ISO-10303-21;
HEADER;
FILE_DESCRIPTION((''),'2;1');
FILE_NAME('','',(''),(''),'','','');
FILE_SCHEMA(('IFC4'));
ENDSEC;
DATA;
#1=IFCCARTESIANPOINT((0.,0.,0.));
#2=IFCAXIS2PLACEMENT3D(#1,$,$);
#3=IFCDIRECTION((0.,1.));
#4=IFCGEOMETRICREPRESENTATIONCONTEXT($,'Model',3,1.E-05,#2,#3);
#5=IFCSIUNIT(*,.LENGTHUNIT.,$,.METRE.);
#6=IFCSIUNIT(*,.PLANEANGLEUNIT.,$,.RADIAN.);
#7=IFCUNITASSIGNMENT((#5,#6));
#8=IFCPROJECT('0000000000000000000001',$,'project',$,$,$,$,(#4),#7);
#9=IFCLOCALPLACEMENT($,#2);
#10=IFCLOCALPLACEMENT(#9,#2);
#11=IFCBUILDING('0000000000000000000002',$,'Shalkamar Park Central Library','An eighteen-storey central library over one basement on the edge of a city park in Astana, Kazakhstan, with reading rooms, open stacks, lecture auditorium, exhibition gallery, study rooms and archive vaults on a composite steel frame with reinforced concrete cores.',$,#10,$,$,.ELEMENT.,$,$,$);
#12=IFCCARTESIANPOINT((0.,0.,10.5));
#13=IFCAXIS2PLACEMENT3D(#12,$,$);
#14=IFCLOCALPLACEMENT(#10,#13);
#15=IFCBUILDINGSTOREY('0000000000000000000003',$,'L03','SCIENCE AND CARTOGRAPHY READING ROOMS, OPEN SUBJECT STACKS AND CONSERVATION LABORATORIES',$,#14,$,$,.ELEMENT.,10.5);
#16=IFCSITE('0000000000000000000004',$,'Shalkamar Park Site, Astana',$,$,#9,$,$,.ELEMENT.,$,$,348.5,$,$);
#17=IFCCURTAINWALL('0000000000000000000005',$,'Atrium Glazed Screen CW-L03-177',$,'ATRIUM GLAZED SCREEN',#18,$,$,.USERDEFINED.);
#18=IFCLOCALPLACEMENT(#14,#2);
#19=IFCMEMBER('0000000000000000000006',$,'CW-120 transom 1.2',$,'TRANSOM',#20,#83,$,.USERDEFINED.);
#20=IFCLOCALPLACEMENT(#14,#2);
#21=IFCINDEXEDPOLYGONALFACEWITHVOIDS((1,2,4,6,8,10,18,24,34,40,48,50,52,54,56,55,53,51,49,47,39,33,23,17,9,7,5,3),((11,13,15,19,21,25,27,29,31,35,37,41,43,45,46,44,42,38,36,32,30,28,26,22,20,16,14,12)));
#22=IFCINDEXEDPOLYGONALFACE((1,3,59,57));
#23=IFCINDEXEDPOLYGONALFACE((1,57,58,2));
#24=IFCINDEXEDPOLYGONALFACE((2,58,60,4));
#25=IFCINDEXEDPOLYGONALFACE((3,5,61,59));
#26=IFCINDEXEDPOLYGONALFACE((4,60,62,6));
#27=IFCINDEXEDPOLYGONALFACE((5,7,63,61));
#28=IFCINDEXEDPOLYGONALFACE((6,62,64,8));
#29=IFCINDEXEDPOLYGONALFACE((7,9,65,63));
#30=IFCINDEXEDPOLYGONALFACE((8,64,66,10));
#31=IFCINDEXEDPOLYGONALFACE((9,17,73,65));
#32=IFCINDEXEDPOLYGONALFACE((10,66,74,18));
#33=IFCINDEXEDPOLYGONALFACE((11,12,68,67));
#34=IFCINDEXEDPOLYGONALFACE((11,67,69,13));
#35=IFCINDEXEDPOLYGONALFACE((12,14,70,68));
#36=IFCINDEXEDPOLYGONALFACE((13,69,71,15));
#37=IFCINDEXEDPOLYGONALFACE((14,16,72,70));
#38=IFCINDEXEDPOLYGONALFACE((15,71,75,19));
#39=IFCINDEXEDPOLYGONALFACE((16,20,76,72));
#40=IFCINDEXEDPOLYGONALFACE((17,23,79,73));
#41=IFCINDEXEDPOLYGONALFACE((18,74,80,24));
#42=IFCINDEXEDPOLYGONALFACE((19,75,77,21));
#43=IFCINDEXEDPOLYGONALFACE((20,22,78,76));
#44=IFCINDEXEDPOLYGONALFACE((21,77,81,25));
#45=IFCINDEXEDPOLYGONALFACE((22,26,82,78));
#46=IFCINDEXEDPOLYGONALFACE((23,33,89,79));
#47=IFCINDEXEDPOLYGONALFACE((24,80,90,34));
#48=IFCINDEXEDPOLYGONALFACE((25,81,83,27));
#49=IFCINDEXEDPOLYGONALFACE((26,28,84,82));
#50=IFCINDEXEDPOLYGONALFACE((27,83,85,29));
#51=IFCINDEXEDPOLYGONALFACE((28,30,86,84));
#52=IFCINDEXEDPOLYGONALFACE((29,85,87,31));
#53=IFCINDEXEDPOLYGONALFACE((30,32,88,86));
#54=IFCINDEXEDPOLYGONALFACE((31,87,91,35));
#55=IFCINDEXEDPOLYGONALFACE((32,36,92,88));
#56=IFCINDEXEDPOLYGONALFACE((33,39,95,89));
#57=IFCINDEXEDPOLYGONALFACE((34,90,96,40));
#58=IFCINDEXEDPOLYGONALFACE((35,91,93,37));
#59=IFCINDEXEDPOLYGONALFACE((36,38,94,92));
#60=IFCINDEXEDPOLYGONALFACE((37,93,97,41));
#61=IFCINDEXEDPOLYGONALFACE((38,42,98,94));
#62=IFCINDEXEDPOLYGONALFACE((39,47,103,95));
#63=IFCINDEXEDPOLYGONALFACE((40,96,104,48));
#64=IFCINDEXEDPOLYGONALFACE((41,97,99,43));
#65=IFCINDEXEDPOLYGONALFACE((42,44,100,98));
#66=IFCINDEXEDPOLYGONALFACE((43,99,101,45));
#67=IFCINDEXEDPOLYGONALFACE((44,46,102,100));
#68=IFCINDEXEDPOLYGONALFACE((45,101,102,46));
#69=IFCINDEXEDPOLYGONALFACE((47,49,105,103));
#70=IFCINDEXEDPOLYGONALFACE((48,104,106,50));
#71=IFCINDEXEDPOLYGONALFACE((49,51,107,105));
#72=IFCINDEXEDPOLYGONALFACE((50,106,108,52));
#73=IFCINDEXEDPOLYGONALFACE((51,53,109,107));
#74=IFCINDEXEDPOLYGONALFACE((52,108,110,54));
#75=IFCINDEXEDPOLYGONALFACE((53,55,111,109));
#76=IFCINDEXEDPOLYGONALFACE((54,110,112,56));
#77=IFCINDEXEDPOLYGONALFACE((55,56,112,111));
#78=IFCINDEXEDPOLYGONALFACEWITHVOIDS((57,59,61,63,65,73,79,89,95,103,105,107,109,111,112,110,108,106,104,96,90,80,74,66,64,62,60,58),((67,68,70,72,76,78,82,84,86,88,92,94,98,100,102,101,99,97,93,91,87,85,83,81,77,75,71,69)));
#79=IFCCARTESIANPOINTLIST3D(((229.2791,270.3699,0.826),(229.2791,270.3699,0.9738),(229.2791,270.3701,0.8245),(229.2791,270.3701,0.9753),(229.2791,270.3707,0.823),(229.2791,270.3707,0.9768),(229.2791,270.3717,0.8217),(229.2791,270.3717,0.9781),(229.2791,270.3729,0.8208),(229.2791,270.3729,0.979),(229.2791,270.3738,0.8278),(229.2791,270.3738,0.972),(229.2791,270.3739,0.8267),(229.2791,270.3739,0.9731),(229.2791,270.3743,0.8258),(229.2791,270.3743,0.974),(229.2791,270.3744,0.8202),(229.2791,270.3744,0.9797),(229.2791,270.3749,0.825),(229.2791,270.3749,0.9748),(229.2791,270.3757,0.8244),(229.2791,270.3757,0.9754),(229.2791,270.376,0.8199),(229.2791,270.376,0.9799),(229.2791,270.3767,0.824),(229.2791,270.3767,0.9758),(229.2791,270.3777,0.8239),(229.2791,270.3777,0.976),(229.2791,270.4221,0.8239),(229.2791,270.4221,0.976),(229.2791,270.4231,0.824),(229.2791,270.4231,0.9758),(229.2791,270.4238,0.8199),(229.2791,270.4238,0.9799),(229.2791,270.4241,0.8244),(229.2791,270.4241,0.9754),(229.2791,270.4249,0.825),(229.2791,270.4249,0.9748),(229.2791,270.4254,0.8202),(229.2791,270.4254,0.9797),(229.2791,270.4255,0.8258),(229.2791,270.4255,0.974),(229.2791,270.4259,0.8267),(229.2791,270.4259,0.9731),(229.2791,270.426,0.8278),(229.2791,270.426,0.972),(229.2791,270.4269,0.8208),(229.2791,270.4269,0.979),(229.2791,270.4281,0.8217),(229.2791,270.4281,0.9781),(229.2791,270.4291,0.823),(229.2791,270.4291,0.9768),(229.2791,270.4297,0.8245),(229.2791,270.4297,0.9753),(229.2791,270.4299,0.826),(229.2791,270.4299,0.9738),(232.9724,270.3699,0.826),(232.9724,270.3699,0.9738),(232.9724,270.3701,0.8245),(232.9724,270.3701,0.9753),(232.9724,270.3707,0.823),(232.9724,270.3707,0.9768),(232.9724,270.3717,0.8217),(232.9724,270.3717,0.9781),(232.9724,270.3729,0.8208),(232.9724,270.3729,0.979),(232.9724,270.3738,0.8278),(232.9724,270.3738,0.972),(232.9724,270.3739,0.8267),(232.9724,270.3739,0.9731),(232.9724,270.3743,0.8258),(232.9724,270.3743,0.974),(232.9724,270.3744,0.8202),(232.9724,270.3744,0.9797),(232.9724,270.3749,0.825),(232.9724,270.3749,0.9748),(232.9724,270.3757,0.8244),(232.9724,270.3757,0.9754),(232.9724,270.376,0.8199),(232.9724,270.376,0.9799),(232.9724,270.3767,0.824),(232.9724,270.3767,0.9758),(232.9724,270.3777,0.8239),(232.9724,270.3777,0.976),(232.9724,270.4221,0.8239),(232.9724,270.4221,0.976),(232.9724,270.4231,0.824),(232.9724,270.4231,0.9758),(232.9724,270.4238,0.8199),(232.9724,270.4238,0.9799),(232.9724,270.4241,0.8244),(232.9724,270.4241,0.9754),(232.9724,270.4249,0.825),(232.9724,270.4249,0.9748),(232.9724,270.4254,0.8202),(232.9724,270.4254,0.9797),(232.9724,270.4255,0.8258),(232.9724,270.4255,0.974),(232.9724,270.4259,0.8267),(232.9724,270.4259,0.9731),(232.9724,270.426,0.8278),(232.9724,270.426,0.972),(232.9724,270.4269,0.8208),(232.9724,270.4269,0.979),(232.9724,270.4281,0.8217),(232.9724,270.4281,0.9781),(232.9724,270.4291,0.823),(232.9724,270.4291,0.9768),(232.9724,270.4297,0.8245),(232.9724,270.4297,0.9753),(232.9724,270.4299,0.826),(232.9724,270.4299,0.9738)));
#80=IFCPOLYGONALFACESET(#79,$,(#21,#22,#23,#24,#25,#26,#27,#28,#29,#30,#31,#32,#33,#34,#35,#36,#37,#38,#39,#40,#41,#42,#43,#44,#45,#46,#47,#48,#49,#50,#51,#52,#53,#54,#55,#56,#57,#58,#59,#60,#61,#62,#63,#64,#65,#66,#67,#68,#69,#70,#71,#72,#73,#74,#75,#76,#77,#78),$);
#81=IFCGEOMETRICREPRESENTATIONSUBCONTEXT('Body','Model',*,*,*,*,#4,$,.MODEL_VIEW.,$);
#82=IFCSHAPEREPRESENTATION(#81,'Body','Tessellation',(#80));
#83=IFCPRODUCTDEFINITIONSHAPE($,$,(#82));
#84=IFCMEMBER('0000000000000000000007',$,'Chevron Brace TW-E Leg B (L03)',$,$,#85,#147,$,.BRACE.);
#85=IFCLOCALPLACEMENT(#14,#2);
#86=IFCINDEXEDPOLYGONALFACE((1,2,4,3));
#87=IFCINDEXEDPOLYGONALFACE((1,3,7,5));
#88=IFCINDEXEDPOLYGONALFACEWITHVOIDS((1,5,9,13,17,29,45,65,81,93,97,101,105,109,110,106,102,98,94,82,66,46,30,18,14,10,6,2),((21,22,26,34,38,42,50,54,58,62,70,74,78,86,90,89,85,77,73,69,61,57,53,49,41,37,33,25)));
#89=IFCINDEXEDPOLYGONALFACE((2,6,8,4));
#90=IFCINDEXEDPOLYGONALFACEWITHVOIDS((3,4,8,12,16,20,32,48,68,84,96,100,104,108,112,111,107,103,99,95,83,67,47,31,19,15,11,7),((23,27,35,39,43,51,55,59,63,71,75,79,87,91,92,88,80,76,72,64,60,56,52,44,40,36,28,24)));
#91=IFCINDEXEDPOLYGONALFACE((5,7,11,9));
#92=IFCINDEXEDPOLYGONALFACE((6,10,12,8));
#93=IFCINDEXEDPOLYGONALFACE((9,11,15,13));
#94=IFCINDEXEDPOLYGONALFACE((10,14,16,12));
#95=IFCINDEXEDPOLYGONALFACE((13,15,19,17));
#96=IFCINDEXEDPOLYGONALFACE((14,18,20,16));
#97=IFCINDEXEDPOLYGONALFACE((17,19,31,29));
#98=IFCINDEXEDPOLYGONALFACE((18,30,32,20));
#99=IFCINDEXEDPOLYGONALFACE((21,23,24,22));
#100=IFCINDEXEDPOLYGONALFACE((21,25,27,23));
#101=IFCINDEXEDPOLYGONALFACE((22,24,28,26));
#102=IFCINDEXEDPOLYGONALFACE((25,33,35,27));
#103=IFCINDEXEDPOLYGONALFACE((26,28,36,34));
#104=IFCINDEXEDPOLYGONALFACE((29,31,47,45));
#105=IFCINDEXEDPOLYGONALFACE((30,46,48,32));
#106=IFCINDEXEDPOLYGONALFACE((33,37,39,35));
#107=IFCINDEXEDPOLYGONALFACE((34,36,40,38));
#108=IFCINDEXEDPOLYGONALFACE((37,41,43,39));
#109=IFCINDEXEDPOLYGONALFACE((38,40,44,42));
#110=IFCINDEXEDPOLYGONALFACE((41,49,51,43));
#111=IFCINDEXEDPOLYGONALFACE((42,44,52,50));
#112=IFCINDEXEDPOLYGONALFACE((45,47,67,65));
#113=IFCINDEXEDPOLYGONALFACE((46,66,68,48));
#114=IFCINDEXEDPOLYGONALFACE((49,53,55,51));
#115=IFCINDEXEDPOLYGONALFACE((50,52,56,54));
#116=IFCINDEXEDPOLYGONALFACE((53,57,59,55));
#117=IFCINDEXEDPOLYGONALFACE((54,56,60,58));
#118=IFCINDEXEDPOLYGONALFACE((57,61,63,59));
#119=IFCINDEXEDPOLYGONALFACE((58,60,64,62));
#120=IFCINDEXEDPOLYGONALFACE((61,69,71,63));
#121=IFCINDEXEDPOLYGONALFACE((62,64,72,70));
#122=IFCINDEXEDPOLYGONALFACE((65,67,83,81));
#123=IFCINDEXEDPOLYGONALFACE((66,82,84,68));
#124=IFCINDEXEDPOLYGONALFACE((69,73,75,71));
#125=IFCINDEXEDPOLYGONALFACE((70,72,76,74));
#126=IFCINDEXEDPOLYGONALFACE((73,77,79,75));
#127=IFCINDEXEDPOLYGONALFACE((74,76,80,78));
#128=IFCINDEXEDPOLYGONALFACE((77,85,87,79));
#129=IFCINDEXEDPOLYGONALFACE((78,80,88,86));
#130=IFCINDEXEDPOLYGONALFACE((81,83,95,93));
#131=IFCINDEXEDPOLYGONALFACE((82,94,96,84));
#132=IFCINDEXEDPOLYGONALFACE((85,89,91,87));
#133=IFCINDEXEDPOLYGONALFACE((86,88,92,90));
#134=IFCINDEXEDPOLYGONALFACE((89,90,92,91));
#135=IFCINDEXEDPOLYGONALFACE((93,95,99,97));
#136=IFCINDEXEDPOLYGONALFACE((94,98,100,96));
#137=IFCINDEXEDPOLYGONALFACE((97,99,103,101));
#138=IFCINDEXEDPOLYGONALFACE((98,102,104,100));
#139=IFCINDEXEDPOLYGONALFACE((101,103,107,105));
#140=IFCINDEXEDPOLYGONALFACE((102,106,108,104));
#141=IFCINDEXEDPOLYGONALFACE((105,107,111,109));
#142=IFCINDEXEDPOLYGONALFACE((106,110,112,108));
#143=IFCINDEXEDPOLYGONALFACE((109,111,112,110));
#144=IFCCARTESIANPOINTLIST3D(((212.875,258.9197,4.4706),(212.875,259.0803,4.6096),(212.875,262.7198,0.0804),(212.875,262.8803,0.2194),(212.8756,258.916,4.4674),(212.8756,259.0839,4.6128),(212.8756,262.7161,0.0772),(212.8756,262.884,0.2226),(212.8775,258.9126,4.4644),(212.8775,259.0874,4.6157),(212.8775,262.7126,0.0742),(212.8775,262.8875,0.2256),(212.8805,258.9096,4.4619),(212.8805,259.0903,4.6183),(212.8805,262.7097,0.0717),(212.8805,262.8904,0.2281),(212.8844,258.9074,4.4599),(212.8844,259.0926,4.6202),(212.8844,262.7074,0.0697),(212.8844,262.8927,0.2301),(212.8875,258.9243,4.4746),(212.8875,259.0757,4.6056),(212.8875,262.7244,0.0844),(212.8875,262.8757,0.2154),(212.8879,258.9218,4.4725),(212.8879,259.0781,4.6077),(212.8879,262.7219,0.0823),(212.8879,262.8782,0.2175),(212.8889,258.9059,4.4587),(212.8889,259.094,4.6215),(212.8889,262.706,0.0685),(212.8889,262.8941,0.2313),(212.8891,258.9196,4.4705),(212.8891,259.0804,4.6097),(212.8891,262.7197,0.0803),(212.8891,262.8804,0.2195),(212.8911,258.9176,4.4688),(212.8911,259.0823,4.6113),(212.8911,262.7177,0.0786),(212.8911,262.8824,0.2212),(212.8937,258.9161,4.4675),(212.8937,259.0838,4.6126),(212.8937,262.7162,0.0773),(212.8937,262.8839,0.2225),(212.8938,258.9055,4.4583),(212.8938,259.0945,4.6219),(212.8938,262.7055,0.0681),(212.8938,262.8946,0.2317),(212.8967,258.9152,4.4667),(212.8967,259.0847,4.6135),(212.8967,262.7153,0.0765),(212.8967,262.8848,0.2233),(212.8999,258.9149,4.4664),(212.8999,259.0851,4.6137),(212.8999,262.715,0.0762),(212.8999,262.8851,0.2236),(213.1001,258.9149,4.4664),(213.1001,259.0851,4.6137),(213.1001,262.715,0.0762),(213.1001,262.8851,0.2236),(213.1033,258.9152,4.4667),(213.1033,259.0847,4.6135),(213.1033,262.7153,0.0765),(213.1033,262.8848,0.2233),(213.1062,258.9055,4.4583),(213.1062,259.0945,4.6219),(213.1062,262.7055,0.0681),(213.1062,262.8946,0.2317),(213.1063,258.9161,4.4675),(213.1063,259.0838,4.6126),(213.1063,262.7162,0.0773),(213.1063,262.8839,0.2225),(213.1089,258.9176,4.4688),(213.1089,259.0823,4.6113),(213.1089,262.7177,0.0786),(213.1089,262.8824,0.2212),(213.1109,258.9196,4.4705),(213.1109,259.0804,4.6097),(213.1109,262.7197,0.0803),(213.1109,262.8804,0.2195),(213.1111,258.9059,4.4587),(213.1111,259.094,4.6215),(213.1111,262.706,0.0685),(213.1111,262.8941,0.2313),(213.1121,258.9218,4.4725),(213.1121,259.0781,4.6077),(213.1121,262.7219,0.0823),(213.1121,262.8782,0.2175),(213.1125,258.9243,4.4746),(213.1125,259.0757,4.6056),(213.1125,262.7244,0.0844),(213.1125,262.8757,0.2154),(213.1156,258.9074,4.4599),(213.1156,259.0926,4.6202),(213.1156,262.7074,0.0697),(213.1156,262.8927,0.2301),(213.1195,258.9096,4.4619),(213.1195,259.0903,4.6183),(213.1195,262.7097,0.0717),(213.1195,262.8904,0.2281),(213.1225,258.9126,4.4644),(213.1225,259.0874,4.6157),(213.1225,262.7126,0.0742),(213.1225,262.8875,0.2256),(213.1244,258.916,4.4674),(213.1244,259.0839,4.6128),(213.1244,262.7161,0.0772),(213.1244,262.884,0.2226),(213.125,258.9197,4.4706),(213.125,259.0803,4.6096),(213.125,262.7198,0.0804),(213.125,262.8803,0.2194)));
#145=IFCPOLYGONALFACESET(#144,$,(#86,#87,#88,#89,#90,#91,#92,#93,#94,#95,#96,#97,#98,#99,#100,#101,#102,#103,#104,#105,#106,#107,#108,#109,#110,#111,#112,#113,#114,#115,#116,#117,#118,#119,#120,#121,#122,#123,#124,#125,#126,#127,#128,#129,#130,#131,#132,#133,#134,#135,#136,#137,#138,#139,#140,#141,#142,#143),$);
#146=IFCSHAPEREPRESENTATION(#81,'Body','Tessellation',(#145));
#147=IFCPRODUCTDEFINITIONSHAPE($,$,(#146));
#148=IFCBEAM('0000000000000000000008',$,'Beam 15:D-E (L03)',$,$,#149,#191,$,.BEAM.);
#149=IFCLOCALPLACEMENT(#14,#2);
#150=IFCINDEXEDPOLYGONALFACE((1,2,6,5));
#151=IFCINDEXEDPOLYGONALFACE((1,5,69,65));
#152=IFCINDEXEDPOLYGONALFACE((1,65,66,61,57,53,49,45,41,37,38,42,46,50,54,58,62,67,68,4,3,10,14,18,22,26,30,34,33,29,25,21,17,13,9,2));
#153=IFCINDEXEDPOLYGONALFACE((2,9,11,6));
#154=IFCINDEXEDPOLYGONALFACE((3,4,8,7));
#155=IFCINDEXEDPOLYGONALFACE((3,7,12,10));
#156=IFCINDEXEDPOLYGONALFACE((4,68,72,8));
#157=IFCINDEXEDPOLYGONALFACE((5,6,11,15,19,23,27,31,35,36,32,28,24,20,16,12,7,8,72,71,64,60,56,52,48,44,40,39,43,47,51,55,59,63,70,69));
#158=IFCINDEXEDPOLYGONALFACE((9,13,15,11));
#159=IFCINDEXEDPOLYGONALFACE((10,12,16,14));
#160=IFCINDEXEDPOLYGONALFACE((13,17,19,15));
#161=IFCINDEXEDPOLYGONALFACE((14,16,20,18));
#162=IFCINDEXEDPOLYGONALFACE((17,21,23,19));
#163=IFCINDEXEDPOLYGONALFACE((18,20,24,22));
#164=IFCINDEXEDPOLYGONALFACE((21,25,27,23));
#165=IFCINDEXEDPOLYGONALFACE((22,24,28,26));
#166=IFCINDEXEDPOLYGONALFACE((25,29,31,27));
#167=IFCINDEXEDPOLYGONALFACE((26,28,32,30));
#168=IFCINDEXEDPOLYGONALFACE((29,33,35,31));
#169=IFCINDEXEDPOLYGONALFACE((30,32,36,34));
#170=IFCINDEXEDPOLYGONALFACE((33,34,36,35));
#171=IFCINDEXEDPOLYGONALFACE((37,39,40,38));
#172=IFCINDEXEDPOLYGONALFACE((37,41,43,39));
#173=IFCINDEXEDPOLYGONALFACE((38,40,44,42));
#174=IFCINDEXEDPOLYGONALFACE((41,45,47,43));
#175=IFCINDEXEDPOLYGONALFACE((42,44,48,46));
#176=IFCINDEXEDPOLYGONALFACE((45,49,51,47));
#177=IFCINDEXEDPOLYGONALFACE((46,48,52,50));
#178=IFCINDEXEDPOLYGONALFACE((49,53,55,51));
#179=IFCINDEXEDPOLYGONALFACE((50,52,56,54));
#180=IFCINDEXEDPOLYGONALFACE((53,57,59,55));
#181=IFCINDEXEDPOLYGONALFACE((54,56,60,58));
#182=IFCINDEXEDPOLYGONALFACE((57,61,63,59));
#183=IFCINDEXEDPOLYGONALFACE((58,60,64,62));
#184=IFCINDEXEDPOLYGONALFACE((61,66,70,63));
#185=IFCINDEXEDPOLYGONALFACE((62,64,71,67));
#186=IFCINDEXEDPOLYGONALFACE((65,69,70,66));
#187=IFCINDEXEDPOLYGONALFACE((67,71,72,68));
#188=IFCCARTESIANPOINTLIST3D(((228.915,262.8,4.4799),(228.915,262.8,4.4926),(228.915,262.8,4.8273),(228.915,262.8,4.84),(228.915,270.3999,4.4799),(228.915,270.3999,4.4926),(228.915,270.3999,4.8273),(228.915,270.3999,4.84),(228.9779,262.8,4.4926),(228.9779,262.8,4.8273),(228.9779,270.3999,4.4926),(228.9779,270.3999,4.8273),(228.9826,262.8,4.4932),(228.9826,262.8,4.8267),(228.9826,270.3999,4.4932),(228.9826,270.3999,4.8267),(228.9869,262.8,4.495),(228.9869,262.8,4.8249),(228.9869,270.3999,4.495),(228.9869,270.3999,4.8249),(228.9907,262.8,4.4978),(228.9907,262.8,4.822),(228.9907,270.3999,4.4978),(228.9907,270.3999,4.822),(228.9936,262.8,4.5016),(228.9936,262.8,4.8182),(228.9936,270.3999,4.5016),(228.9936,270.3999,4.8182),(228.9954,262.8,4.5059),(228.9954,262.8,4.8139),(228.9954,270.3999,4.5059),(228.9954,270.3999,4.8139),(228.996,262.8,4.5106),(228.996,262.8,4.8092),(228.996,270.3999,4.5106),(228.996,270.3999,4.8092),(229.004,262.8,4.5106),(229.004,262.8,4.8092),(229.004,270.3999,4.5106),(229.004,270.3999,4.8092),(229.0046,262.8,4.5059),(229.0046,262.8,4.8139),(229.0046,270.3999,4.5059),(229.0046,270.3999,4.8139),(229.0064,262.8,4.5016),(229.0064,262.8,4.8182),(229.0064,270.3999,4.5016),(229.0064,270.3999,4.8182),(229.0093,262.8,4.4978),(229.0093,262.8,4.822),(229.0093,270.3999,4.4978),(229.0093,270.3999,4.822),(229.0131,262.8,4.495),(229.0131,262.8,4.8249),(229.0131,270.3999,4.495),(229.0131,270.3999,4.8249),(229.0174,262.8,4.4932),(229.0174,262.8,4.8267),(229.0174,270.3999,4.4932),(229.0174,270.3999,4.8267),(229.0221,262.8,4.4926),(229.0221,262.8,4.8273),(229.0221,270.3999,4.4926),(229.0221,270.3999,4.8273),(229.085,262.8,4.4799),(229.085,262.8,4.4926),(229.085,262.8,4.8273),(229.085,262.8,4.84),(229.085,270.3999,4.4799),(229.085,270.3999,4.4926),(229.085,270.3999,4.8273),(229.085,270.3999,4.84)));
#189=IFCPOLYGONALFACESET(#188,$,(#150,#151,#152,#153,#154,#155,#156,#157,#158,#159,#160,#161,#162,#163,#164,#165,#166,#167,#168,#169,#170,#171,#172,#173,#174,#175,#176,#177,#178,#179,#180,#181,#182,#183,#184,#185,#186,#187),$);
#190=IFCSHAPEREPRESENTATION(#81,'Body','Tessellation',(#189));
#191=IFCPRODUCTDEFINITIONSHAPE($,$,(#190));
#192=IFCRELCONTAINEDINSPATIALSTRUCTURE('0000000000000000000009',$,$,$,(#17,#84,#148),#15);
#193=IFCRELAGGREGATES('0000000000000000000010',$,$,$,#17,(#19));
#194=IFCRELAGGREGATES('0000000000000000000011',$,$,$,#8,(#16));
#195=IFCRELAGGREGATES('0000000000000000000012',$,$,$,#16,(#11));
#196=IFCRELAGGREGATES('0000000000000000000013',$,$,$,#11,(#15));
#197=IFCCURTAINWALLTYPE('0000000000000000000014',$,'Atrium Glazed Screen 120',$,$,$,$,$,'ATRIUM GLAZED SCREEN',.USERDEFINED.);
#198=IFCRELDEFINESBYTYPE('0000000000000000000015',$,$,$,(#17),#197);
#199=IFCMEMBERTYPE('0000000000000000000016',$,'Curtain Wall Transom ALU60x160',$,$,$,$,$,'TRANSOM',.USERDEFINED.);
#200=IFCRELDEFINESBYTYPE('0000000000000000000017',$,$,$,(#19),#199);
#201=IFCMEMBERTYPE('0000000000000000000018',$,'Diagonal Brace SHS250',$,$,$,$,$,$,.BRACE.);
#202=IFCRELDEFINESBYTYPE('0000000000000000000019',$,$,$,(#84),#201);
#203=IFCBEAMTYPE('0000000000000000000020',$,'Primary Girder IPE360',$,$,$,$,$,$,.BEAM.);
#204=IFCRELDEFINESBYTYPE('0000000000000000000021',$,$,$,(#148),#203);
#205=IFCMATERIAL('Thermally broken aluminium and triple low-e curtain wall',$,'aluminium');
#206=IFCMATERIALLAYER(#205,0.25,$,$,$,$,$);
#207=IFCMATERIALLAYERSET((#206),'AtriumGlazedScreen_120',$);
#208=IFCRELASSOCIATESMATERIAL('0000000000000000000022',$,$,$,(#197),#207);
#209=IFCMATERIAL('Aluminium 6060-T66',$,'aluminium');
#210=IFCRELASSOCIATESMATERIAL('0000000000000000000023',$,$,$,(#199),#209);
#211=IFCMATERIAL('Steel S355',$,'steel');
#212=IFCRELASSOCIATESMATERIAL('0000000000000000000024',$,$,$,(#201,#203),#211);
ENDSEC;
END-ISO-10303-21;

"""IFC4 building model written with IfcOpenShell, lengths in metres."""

from ifc_helpers import new_model, si_unit, direction, frame, origin, origin_2d, place, context, subcontext, project, spatial, hollow_rectangle, i_section, extrude, material, layer, layer_set, material_profile, profile_set, type_object, element, aggregate, save


model = new_model("IFC4")

# Units and contexts
model_context = context("Model", 3, precision=1e-05, world=origin(), true_north=direction((0.0, 1.0)))
body_context = subcontext(model_context, "Body", "Model", "MODEL_VIEW")
ifc_project = project(units=[si_unit("LENGTHUNIT", "METRE"), si_unit("PLANEANGLEUNIT", "RADIAN")], contexts=[model_context])

# Site, building, storey
site_placement = place(None, origin())
site = spatial("IfcSite", under=ifc_project, at=site_placement, Name="Shalkamar Park Site, Astana", CompositionType="ELEMENT", RefElevation=348.5)
building_placement = place(site_placement, origin())
building = spatial("IfcBuilding", under=site, at=building_placement, Name="Shalkamar Park Central Library", Description="An eighteen-storey central library over one basement on the edge of a city park in Astana, Kazakhstan, with reading rooms, open stacks, lecture auditorium, exhibition gallery, study rooms and archive vaults on a composite steel frame with reinforced concrete cores.", CompositionType="ELEMENT")
storey_placement = place(building_placement, frame((0.0, 0.0, 10.5)))
storey = spatial("IfcBuildingStorey", under=building, at=storey_placement, Name="L03", Description="SCIENCE AND CARTOGRAPHY READING ROOMS, OPEN SUBJECT STACKS AND CONSERVATION LABORATORIES", CompositionType="ELEMENT", Elevation=10.5)

# Shared definitions
ifc_material_1 = material(Name="Steel S355", Category="steel")

# Curtain wall, member
ifc_material_2 = material(Name="Thermally broken aluminium and triple low-e curtain wall", Category="aluminium")
ifc_layer = layer(ifc_material_2, 0.25)
ifc_layer_set = layer_set([ifc_layer], Name="AtriumGlazedScreen_120")
curtain_wall_type = type_object("IfcCurtainWallType", Name="Atrium Glazed Screen 120", ElementType="ATRIUM GLAZED SCREEN", PredefinedType="USERDEFINED", material=ifc_layer_set)
curtain_wall_placement = place(storey_placement, origin())
curtain_wall = element("IfcCurtainWall", 1, at=curtain_wall_placement, inside=storey, type_object=curtain_wall_type, Name="Atrium Glazed Screen CW-L03-177", ObjectType="ATRIUM GLAZED SCREEN", PredefinedType="USERDEFINED")
ifc_material_3 = material(Name="Aluminium 6060-T66", Category="aluminium")
ifc_material_profile_1 = material_profile(ifc_material_3, hollow_rectangle(XDim=0.0601, YDim=0.1599, WallThickness=0.0039, InnerFilletRadius=0.0039, OuterFilletRadius=0.0061, at=origin_2d()), Name="ALU 60x160x4")
ifc_profile_set_1 = profile_set([ifc_material_profile_1], Name="Aluminium 6060-T66")
member_type_1 = type_object("IfcMemberType", Name="Curtain Wall Transom ALU60x160", ElementType="TRANSOM", PredefinedType="USERDEFINED", material=ifc_profile_set_1)
member_1_placement = place(storey_placement, frame((229.2791, 270.3999, 0.8999), z_axis=(1.0, 0.0, 0.0), x_axis=(0.0, 1.0, 0.0)))
member_1 = element("IfcMember", 2, at=member_1_placement, type_object=member_type_1, Name="CW-120 transom 1.2", ObjectType="TRANSOM", PredefinedType="USERDEFINED", context=body_context, shape_type="SweptSolid", body=[
    extrude(hollow_rectangle(XDim=0.0601, YDim=0.1599, WallThickness=0.0039, InnerFilletRadius=0.0039, OuterFilletRadius=0.0061, at=origin_2d()), origin(), (0.0, 0.0, 1.0), 3.6934),
])
aggregate(curtain_wall, [member_1])

# Member
ifc_material_profile_2 = material_profile(ifc_material_1, hollow_rectangle(XDim=0.25, YDim=0.25, WallThickness=0.0125, InnerFilletRadius=0.0125, OuterFilletRadius=0.0188, at=origin_2d()), Name="SHS 250x250x12.5")
ifc_profile_set_2 = profile_set([ifc_material_profile_2], Name="Steel S355")
member_type_2 = type_object("IfcMemberType", Name="Diagonal Brace SHS250", PredefinedType="BRACE", material=ifc_profile_set_2)
member_2_placement = place(storey_placement, frame((213.0, 262.8, 0.1499), z_axis=(0.0, -0.654465, 0.756093), x_axis=(1.0, 0.0, 0.0)))
element("IfcMember", 3, at=member_2_placement, inside=storey, type_object=member_type_2, Name="Chevron Brace TW-E Leg B (L03)", PredefinedType="BRACE", context=body_context, shape_type="SweptSolid", body=[
    extrude(hollow_rectangle(XDim=0.25, YDim=0.25, WallThickness=0.0125, InnerFilletRadius=0.0125, OuterFilletRadius=0.0188, at=origin_2d()), origin(), (0.0, 0.0, 1.0), 5.8064),
])

# Beam
ifc_material_profile_3 = material_profile(ifc_material_1, i_section(OverallWidth=0.1699, OverallDepth=0.3601, WebThickness=0.0081, FlangeThickness=0.0127, FilletRadius=0.0181, at=origin_2d()), Name="IPE 360")
ifc_profile_set_3 = profile_set([ifc_material_profile_3], Name="Steel S355")
beam_type_1 = type_object("IfcBeamType", Name="Primary Girder IPE360", PredefinedType="BEAM", material=ifc_profile_set_3)
beam_1_placement = place(storey_placement, frame((229.0, 262.8, 4.6599), z_axis=(0.0, 1.0, 0.0), x_axis=(-1.0, 0.0, 0.0)))
element("IfcBeam", 4, at=beam_1_placement, inside=storey, type_object=beam_type_1, Name="Beam 15:D-E (L03)", PredefinedType="BEAM", context=body_context, shape_type="SweptSolid", body=[
    extrude(i_section(OverallWidth=0.1699, OverallDepth=0.3601, WebThickness=0.0081, FlangeThickness=0.0127, FilletRadius=0.0181, at=origin_2d()), origin(), (0.0, 0.0, 1.0), 7.5999),
])

save(model, "model.ifc")
